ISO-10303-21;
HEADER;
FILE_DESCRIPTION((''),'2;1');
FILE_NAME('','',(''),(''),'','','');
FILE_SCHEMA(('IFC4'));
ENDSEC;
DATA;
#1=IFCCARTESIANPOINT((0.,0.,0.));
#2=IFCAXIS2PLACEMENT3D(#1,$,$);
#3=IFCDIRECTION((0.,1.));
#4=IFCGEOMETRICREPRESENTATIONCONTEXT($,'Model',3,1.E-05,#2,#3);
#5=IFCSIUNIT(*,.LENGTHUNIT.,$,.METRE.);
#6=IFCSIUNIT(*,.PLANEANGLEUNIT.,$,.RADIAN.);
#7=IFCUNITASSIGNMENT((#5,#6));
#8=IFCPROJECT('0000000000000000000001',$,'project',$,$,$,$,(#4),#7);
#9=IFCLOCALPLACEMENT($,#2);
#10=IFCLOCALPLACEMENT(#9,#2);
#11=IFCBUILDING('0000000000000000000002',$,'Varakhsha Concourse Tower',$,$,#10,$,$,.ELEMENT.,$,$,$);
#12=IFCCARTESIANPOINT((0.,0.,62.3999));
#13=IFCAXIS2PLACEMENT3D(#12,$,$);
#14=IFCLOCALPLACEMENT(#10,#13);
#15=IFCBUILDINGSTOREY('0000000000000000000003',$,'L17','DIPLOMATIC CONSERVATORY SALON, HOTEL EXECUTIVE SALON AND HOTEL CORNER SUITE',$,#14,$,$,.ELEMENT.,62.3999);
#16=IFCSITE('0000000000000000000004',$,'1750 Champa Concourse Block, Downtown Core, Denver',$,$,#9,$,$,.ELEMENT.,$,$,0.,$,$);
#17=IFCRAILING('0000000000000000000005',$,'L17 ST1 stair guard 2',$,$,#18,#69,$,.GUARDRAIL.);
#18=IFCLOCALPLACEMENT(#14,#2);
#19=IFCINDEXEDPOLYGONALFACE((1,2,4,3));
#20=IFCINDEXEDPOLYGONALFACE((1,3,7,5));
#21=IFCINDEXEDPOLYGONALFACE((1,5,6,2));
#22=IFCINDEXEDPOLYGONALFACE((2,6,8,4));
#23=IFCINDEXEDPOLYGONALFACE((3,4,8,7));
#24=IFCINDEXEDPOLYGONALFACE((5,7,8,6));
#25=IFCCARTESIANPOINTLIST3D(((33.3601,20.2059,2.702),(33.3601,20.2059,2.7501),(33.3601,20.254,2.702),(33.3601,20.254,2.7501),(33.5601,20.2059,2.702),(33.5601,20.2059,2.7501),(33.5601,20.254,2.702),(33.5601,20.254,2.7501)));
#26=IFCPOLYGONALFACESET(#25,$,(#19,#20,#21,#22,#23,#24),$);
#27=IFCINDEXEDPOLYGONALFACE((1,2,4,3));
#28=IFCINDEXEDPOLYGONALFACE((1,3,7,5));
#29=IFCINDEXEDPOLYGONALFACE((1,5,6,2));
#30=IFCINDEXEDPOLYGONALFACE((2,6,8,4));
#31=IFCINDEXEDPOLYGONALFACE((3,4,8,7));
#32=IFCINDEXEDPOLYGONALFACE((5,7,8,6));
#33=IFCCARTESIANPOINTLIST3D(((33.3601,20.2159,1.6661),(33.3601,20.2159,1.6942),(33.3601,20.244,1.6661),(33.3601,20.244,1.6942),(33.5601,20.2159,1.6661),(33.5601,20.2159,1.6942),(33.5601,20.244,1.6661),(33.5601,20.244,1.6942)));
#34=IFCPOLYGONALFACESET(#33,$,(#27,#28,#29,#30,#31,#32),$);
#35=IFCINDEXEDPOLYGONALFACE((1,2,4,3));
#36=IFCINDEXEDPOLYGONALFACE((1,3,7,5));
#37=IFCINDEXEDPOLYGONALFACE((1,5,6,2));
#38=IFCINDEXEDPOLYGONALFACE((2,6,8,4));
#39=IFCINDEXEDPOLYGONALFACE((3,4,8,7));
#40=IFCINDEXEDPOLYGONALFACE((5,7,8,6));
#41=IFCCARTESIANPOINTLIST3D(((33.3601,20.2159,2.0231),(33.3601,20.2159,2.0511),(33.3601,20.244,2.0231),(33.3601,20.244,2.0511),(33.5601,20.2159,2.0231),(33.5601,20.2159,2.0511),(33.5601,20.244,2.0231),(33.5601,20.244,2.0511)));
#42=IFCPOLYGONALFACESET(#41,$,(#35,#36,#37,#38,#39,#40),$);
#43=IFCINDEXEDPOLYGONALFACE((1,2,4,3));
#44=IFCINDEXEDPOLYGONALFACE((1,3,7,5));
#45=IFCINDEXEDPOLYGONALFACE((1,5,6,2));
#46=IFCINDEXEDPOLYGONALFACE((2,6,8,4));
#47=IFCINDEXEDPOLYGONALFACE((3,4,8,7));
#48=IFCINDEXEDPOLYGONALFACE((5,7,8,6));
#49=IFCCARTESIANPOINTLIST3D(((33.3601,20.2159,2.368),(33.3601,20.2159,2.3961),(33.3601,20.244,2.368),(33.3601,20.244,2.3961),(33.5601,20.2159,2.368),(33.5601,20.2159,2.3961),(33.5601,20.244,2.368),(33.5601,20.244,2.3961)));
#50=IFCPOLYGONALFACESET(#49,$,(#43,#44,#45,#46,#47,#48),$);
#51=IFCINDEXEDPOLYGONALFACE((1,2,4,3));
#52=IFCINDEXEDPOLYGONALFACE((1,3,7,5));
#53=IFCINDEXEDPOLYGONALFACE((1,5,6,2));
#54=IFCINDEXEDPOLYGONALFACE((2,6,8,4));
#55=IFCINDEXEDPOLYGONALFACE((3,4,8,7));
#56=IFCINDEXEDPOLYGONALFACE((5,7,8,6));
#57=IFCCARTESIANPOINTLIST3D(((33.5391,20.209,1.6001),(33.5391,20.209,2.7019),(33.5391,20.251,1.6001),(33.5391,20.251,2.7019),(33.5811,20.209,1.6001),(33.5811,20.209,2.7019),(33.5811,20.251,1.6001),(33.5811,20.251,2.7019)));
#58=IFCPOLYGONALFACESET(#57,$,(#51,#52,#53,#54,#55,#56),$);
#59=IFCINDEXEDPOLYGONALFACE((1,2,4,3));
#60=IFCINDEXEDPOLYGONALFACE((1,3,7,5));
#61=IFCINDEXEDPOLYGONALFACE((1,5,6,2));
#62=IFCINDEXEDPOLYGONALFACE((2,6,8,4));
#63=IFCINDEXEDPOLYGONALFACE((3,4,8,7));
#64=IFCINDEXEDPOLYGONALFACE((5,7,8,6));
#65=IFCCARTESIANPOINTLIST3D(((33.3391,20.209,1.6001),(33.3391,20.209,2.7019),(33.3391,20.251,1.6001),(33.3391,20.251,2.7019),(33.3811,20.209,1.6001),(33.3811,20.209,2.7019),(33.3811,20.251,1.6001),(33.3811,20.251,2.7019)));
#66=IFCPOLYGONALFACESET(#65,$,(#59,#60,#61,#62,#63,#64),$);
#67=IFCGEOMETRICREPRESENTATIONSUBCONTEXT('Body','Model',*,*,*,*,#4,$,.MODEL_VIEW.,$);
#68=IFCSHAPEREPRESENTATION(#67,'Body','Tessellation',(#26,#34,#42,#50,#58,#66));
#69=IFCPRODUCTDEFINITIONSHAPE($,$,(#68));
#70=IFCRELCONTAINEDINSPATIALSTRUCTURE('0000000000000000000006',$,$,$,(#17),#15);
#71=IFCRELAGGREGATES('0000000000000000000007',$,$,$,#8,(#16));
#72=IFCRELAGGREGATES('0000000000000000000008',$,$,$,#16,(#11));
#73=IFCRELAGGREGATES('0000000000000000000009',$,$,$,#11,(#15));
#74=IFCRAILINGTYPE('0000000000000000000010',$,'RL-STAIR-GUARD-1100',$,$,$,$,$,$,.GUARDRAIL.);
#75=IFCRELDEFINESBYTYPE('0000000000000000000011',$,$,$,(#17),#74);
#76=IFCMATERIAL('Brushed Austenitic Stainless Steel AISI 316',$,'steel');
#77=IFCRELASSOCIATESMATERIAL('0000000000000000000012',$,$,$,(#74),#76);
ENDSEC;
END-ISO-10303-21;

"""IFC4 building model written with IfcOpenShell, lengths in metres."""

from ifc_helpers import new_model, si_unit, direction, frame, origin, origin_2d, place, context, subcontext, project, spatial, rectangle, extrude, material, type_object, element, save


model = new_model("IFC4")

# Units and contexts
model_context = context("Model", 3, precision=1e-05, world=origin(), true_north=direction((0.0, 1.0)))
body_context = subcontext(model_context, "Body", "Model", "MODEL_VIEW")
ifc_project = project(units=[si_unit("LENGTHUNIT", "METRE"), si_unit("PLANEANGLEUNIT", "RADIAN")], contexts=[model_context])

# Site, building, storey
site_placement = place(None, origin())
site = spatial("IfcSite", under=ifc_project, at=site_placement, Name="1750 Champa Concourse Block, Downtown Core, Denver", CompositionType="ELEMENT", RefElevation=0.0)
building_placement = place(site_placement, origin())
building = spatial("IfcBuilding", under=site, at=building_placement, Name="Varakhsha Concourse Tower", CompositionType="ELEMENT")
storey_placement = place(building_placement, frame((0.0, 0.0, 62.3999)))
storey = spatial("IfcBuildingStorey", under=building, at=storey_placement, Name="L17", Description="DIPLOMATIC CONSERVATORY SALON, HOTEL EXECUTIVE SALON AND HOTEL CORNER SUITE", CompositionType="ELEMENT", Elevation=62.3999)

# Shared definitions
ifc_material_1 = material(Name="Brushed Austenitic Stainless Steel AISI 316", Category="steel")

# Railing
railing_type = type_object("IfcRailingType", Name="RL-STAIR-GUARD-1100", PredefinedType="GUARDRAIL", material=ifc_material_1)
railing_placement = place(storey_placement, frame((33.5601, 20.23, 1.6001)))
element("IfcRailing", 1, at=railing_placement, inside=storey, type_object=railing_type, Name="L17 ST1 stair guard 2", PredefinedType="GUARDRAIL", context=body_context, shape_type="SweptSolid", body=[
    extrude(rectangle(XDim=0.0481, YDim=0.0481, at=origin_2d()), frame((0.0, 0.0, 1.126), z_axis=(-1.0, 0.0, 0.0), x_axis=(0.0, -1.0, 0.0)), (0.0, 0.0, 1.0), 0.2),
    extrude(rectangle(XDim=0.0281, YDim=0.0281, at=origin_2d()), frame((0.0, 0.0, 0.0801), z_axis=(-1.0, 0.0, 0.0), x_axis=(0.0, -1.0, 0.0)), (0.0, 0.0, 1.0), 0.2),
    extrude(rectangle(XDim=0.0281, YDim=0.0281, at=origin_2d()), frame((0.0, 0.0, 0.437), z_axis=(-1.0, 0.0, 0.0), x_axis=(0.0, -1.0, 0.0)), (0.0, 0.0, 1.0), 0.2),
    extrude(rectangle(XDim=0.0281, YDim=0.0281, at=origin_2d()), frame((0.0, 0.0, 0.782), z_axis=(-1.0, 0.0, 0.0), x_axis=(0.0, -1.0, 0.0)), (0.0, 0.0, 1.0), 0.2),
    extrude(rectangle(XDim=0.042, YDim=0.042, at=origin_2d()), origin(), (0.0, 0.0, 1.0), 1.1018),
    extrude(rectangle(XDim=0.042, YDim=0.042, at=origin_2d()), frame((-0.2, 0.0, 0.0)), (0.0, 0.0, 1.0), 1.1018),
])

save(model, "model.ifc")
